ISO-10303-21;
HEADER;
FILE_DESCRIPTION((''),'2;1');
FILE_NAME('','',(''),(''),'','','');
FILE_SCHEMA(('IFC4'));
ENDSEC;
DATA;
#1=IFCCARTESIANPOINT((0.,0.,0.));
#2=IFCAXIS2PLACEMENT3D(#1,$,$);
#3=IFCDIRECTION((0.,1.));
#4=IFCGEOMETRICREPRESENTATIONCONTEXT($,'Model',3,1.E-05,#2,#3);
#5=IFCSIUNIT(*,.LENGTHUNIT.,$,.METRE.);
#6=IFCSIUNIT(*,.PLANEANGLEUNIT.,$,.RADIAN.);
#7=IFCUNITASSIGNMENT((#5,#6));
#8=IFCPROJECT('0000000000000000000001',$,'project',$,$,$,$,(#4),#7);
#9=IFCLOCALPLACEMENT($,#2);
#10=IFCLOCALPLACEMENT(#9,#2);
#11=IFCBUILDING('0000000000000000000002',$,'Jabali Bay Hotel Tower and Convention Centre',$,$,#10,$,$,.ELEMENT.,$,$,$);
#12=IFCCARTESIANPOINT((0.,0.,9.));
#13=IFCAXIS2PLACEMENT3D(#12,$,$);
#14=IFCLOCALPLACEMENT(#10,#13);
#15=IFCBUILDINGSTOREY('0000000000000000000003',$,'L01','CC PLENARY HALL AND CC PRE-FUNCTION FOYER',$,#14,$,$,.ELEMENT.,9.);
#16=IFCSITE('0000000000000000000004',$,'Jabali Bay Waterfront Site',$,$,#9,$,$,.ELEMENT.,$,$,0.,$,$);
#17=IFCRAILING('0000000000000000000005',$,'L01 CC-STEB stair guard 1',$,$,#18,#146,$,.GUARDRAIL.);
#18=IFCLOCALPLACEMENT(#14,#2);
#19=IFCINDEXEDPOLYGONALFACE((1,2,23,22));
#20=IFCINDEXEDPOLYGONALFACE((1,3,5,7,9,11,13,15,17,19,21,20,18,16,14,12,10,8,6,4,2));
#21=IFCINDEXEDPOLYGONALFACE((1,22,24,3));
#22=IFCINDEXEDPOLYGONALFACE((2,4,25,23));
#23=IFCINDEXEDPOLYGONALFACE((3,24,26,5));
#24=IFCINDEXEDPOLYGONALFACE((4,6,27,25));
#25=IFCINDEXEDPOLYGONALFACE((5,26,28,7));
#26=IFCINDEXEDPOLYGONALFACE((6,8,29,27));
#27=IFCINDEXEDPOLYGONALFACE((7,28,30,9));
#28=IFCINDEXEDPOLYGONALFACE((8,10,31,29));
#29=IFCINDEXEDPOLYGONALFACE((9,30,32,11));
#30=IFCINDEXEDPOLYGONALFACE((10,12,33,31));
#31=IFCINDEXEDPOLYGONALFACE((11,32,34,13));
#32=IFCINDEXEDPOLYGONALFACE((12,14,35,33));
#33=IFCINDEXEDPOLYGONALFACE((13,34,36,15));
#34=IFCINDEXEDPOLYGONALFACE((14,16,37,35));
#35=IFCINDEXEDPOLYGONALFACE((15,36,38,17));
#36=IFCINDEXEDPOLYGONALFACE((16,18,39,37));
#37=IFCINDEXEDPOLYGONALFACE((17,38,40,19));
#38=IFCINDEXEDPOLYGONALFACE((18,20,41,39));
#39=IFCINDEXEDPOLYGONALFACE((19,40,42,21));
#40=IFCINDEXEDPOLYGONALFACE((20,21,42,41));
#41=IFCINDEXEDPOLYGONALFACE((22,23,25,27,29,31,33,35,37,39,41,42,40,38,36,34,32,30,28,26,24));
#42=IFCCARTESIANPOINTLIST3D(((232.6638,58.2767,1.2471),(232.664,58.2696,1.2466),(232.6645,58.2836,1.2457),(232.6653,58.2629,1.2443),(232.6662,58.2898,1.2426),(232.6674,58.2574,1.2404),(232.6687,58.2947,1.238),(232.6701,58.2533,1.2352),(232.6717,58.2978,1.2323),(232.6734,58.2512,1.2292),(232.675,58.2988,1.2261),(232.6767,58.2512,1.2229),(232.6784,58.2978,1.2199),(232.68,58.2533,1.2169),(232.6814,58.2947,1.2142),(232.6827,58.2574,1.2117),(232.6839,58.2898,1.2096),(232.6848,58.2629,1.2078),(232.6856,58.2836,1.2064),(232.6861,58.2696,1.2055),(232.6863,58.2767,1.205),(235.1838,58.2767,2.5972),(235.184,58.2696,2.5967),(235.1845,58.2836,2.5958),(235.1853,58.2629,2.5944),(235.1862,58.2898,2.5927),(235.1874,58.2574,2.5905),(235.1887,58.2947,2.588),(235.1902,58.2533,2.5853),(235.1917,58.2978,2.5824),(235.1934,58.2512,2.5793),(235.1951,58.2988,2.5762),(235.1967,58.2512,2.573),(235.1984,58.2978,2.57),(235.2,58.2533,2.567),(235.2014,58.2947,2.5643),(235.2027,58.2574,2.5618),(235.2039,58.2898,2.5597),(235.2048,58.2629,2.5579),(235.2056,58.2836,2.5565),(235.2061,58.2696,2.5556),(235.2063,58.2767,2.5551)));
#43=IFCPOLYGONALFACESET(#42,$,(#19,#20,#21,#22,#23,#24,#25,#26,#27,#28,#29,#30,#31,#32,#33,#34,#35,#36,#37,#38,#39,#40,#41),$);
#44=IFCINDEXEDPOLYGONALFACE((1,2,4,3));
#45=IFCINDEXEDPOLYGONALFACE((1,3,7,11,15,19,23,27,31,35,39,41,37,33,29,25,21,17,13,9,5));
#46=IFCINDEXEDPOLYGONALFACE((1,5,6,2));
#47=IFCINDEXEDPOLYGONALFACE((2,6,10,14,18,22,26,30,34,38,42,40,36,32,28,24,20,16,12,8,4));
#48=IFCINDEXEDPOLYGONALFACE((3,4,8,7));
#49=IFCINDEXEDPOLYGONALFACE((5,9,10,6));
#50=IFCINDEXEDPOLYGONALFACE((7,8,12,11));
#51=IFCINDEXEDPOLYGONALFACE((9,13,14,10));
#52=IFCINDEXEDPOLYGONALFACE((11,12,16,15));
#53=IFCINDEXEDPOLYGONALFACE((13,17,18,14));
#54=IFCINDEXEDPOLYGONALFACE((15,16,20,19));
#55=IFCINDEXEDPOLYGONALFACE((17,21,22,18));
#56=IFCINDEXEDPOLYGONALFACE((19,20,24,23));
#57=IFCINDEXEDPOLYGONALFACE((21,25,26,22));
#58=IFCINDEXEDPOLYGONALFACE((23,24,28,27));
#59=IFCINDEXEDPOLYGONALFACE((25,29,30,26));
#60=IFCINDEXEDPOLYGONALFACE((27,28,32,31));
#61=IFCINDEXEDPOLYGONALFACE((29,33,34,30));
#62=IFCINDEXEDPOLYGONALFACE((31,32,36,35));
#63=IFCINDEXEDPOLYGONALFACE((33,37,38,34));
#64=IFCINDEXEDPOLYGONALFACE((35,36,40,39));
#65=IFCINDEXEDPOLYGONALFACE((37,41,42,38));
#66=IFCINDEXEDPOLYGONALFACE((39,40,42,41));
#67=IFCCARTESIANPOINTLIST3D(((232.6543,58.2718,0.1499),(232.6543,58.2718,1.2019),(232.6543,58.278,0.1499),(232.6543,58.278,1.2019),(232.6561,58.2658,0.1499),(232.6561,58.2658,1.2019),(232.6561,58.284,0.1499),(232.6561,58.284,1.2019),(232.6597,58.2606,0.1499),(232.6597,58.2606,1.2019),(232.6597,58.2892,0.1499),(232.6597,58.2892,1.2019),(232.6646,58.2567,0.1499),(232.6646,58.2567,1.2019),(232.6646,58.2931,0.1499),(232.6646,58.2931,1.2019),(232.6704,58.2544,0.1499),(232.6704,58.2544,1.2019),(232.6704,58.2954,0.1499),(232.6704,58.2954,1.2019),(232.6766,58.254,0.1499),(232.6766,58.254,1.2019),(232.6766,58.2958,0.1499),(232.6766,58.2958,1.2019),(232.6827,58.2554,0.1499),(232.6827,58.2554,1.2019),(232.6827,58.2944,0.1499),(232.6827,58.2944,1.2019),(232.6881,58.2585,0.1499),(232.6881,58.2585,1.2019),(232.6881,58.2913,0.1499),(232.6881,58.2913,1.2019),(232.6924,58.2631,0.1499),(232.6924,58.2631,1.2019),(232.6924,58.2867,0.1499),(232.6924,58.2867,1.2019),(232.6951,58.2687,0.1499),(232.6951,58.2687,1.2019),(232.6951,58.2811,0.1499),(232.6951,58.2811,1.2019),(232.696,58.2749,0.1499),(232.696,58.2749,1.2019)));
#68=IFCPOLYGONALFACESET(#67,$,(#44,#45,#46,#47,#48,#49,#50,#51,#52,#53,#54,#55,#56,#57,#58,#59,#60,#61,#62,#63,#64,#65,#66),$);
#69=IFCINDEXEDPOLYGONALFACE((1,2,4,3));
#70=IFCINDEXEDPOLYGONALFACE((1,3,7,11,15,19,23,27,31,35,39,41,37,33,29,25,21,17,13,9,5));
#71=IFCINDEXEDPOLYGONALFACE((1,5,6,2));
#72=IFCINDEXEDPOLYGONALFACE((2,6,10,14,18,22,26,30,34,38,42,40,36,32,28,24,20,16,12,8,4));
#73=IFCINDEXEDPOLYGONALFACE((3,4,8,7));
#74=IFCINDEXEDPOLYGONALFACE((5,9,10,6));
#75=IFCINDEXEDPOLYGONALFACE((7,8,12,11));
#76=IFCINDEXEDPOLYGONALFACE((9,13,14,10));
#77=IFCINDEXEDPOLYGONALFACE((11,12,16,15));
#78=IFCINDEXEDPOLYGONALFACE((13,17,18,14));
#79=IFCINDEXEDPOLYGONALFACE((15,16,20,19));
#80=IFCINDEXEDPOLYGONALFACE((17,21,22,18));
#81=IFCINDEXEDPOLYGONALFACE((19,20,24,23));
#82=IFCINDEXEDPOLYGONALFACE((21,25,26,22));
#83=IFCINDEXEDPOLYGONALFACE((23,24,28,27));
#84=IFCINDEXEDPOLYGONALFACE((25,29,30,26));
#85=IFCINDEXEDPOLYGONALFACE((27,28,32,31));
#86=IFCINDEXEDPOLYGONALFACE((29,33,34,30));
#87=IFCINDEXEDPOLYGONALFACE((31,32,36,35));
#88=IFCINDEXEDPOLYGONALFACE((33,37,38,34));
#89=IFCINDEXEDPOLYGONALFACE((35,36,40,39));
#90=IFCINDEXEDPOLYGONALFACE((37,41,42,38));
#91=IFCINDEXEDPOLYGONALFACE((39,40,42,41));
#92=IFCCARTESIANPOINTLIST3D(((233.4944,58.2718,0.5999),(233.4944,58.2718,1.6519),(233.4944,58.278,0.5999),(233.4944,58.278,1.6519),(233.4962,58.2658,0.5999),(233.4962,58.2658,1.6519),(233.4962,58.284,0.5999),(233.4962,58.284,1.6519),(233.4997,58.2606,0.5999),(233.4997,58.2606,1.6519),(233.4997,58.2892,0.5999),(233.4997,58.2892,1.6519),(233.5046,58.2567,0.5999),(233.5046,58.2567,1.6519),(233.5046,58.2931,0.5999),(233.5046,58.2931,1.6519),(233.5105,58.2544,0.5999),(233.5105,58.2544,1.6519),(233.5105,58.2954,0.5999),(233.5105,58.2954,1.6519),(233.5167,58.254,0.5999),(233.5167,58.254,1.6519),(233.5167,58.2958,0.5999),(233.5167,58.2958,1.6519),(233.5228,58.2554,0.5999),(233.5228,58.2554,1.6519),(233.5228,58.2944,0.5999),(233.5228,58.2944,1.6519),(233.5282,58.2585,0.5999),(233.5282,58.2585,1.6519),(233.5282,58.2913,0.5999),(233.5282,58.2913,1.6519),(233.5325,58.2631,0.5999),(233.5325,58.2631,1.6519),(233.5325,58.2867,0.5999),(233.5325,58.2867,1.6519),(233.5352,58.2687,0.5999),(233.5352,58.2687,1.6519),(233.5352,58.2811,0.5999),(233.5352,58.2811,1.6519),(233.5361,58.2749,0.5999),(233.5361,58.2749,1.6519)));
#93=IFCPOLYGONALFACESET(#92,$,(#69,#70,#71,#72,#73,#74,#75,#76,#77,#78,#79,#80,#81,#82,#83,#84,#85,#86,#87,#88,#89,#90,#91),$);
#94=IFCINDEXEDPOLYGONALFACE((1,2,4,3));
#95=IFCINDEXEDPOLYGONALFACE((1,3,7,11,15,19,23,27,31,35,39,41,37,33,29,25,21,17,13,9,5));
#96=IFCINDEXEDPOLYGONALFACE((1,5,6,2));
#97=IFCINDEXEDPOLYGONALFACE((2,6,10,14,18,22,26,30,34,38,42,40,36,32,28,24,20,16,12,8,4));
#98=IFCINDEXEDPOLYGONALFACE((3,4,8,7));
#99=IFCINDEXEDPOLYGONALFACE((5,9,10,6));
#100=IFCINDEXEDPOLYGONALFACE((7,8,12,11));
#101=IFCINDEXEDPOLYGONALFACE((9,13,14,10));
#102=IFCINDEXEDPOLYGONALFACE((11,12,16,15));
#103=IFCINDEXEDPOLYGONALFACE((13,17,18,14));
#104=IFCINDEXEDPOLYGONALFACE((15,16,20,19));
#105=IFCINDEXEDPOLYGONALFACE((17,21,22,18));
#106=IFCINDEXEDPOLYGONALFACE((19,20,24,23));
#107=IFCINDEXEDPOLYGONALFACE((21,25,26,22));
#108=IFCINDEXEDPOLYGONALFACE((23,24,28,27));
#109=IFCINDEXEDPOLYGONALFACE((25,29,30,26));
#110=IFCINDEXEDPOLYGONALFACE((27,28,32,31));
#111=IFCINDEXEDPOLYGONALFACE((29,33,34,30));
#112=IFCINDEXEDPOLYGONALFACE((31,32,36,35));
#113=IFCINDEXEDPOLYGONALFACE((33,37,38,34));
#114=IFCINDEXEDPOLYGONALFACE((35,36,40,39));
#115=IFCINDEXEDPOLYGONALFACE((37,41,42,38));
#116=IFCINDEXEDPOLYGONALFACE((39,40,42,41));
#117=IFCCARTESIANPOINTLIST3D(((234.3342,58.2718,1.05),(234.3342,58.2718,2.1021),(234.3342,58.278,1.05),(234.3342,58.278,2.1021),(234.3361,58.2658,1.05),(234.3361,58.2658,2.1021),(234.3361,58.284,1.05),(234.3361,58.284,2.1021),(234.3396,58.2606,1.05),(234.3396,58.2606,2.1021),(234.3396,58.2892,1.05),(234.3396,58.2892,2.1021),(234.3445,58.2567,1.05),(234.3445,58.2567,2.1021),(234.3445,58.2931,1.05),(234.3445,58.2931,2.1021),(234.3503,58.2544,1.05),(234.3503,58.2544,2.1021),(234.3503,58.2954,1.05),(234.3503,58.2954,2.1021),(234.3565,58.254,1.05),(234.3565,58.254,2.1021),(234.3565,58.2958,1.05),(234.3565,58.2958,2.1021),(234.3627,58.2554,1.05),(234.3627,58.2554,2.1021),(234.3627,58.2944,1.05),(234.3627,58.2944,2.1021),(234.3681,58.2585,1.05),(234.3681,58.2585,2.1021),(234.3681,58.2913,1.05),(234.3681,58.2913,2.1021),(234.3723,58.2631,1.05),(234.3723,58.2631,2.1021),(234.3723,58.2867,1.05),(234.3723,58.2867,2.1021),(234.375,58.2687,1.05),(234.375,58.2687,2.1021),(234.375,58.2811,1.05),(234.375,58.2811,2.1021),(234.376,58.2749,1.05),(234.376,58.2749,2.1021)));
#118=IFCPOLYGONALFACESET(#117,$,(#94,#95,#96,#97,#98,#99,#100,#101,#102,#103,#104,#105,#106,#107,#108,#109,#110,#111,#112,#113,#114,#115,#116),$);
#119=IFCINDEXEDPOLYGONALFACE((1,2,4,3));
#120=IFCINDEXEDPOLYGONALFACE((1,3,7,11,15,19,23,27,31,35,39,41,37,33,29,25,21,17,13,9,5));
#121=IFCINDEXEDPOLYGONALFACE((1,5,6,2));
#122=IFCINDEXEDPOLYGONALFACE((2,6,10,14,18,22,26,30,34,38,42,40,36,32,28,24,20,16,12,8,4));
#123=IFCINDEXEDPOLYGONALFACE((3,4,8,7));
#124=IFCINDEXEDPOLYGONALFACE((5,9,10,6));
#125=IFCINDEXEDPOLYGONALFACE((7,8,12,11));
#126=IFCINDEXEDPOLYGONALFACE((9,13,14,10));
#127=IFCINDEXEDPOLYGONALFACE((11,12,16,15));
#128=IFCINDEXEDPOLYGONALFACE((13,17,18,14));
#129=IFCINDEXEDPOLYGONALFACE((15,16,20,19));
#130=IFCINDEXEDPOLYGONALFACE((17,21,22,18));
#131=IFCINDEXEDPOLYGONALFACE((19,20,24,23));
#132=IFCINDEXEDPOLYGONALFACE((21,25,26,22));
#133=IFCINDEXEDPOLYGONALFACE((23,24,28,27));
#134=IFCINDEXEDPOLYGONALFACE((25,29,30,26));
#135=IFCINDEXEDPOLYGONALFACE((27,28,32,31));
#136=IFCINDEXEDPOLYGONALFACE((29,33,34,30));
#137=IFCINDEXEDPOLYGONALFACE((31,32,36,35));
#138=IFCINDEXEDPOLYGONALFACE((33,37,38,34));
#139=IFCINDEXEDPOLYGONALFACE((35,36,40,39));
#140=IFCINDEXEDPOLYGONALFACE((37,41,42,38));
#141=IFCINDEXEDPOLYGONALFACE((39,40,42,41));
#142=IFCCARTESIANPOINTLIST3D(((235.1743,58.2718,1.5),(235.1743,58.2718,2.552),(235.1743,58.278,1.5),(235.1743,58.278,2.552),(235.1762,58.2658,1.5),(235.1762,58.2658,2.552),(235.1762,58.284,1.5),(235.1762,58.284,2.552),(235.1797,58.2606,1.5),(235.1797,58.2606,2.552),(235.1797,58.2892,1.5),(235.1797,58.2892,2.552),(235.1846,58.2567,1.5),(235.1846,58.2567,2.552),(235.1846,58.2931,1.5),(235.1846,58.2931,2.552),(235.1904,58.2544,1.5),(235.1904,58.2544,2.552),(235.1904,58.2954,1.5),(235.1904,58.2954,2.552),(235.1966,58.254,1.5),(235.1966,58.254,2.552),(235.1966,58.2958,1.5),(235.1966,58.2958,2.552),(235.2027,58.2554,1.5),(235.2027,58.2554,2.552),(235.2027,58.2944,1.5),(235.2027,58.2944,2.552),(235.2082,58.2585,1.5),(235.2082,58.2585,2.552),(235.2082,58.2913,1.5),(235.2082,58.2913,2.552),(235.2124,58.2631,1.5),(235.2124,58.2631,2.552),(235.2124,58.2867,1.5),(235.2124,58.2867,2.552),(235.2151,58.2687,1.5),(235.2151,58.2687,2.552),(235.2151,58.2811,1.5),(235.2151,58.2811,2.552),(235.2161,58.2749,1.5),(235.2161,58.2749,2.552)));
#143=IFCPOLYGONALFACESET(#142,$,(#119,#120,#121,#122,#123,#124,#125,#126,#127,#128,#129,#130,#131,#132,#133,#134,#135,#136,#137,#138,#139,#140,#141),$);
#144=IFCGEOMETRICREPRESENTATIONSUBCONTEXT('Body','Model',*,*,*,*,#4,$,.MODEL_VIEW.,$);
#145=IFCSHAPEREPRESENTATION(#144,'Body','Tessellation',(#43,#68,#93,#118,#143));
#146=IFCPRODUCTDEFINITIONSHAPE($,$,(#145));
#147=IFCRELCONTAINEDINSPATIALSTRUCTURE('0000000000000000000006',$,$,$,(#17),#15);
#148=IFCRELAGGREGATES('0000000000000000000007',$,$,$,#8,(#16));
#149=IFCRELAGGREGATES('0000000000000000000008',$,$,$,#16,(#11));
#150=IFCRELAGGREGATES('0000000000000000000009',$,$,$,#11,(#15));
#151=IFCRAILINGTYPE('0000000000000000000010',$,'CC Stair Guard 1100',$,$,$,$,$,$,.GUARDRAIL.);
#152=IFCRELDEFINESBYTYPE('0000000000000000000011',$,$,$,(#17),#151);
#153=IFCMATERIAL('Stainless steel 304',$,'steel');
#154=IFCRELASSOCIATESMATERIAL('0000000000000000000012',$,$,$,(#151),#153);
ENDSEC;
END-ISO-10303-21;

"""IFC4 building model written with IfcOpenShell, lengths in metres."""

from ifc_helpers import new_model, si_unit, direction, frame, origin, origin_2d, place, context, subcontext, project, spatial, circle, extrude, material, type_object, element, save


model = new_model("IFC4")

# Units and contexts
model_context = context("Model", 3, precision=1e-05, world=origin(), true_north=direction((0.0, 1.0)))
body_context = subcontext(model_context, "Body", "Model", "MODEL_VIEW")
ifc_project = project(units=[si_unit("LENGTHUNIT", "METRE"), si_unit("PLANEANGLEUNIT", "RADIAN")], contexts=[model_context])

# Site, building, storey
site_placement = place(None, origin())
site = spatial("IfcSite", under=ifc_project, at=site_placement, Name="Jabali Bay Waterfront Site", CompositionType="ELEMENT", RefElevation=0.0)
building_placement = place(site_placement, origin())
building = spatial("IfcBuilding", under=site, at=building_placement, Name="Jabali Bay Hotel Tower and Convention Centre", CompositionType="ELEMENT")
storey_placement = place(building_placement, frame((0.0, 0.0, 9.0)))
storey = spatial("IfcBuildingStorey", under=building, at=storey_placement, Name="L01", Description="CC PLENARY HALL AND CC PRE-FUNCTION FOYER", CompositionType="ELEMENT", Elevation=9.0)

# Railing
ifc_material_1 = material(Name="Stainless steel 304", Category="steel")
railing_type_1 = type_object("IfcRailingType", Name="CC Stair Guard 1100", PredefinedType="GUARDRAIL", material=ifc_material_1)
railing_1_placement = place(storey_placement, frame((232.675, 58.2749, 0.1499)))
element("IfcRailing", 1, at=railing_1_placement, inside=storey, type_object=railing_type_1, Name="L01 CC-STEB stair guard 1", PredefinedType="GUARDRAIL", context=body_context, shape_type="SweptSolid", body=[
    extrude(circle(Radius=0.0239, at=origin_2d()), frame((0.0, 0.0, 1.0762), z_axis=(0.881467, 0.0, 0.472245), x_axis=(0.0, 1.0, 0.0)), (0.0, 0.0, 1.0), 2.8589),
    extrude(circle(Radius=0.021, at=origin_2d()), origin(), (0.0, 0.0, 1.0), 1.052),
    extrude(circle(Radius=0.021, at=origin_2d()), frame((0.8401, 0.0, 0.45)), (0.0, 0.0, 1.0), 1.052),
    extrude(circle(Radius=0.021, at=origin_2d()), frame((1.6799, 0.0, 0.9001)), (0.0, 0.0, 1.0), 1.052),
    extrude(circle(Radius=0.021, at=origin_2d()), frame((2.52, 0.0, 1.3501)), (0.0, 0.0, 1.0), 1.052),
])

save(model, "model.ifc")
